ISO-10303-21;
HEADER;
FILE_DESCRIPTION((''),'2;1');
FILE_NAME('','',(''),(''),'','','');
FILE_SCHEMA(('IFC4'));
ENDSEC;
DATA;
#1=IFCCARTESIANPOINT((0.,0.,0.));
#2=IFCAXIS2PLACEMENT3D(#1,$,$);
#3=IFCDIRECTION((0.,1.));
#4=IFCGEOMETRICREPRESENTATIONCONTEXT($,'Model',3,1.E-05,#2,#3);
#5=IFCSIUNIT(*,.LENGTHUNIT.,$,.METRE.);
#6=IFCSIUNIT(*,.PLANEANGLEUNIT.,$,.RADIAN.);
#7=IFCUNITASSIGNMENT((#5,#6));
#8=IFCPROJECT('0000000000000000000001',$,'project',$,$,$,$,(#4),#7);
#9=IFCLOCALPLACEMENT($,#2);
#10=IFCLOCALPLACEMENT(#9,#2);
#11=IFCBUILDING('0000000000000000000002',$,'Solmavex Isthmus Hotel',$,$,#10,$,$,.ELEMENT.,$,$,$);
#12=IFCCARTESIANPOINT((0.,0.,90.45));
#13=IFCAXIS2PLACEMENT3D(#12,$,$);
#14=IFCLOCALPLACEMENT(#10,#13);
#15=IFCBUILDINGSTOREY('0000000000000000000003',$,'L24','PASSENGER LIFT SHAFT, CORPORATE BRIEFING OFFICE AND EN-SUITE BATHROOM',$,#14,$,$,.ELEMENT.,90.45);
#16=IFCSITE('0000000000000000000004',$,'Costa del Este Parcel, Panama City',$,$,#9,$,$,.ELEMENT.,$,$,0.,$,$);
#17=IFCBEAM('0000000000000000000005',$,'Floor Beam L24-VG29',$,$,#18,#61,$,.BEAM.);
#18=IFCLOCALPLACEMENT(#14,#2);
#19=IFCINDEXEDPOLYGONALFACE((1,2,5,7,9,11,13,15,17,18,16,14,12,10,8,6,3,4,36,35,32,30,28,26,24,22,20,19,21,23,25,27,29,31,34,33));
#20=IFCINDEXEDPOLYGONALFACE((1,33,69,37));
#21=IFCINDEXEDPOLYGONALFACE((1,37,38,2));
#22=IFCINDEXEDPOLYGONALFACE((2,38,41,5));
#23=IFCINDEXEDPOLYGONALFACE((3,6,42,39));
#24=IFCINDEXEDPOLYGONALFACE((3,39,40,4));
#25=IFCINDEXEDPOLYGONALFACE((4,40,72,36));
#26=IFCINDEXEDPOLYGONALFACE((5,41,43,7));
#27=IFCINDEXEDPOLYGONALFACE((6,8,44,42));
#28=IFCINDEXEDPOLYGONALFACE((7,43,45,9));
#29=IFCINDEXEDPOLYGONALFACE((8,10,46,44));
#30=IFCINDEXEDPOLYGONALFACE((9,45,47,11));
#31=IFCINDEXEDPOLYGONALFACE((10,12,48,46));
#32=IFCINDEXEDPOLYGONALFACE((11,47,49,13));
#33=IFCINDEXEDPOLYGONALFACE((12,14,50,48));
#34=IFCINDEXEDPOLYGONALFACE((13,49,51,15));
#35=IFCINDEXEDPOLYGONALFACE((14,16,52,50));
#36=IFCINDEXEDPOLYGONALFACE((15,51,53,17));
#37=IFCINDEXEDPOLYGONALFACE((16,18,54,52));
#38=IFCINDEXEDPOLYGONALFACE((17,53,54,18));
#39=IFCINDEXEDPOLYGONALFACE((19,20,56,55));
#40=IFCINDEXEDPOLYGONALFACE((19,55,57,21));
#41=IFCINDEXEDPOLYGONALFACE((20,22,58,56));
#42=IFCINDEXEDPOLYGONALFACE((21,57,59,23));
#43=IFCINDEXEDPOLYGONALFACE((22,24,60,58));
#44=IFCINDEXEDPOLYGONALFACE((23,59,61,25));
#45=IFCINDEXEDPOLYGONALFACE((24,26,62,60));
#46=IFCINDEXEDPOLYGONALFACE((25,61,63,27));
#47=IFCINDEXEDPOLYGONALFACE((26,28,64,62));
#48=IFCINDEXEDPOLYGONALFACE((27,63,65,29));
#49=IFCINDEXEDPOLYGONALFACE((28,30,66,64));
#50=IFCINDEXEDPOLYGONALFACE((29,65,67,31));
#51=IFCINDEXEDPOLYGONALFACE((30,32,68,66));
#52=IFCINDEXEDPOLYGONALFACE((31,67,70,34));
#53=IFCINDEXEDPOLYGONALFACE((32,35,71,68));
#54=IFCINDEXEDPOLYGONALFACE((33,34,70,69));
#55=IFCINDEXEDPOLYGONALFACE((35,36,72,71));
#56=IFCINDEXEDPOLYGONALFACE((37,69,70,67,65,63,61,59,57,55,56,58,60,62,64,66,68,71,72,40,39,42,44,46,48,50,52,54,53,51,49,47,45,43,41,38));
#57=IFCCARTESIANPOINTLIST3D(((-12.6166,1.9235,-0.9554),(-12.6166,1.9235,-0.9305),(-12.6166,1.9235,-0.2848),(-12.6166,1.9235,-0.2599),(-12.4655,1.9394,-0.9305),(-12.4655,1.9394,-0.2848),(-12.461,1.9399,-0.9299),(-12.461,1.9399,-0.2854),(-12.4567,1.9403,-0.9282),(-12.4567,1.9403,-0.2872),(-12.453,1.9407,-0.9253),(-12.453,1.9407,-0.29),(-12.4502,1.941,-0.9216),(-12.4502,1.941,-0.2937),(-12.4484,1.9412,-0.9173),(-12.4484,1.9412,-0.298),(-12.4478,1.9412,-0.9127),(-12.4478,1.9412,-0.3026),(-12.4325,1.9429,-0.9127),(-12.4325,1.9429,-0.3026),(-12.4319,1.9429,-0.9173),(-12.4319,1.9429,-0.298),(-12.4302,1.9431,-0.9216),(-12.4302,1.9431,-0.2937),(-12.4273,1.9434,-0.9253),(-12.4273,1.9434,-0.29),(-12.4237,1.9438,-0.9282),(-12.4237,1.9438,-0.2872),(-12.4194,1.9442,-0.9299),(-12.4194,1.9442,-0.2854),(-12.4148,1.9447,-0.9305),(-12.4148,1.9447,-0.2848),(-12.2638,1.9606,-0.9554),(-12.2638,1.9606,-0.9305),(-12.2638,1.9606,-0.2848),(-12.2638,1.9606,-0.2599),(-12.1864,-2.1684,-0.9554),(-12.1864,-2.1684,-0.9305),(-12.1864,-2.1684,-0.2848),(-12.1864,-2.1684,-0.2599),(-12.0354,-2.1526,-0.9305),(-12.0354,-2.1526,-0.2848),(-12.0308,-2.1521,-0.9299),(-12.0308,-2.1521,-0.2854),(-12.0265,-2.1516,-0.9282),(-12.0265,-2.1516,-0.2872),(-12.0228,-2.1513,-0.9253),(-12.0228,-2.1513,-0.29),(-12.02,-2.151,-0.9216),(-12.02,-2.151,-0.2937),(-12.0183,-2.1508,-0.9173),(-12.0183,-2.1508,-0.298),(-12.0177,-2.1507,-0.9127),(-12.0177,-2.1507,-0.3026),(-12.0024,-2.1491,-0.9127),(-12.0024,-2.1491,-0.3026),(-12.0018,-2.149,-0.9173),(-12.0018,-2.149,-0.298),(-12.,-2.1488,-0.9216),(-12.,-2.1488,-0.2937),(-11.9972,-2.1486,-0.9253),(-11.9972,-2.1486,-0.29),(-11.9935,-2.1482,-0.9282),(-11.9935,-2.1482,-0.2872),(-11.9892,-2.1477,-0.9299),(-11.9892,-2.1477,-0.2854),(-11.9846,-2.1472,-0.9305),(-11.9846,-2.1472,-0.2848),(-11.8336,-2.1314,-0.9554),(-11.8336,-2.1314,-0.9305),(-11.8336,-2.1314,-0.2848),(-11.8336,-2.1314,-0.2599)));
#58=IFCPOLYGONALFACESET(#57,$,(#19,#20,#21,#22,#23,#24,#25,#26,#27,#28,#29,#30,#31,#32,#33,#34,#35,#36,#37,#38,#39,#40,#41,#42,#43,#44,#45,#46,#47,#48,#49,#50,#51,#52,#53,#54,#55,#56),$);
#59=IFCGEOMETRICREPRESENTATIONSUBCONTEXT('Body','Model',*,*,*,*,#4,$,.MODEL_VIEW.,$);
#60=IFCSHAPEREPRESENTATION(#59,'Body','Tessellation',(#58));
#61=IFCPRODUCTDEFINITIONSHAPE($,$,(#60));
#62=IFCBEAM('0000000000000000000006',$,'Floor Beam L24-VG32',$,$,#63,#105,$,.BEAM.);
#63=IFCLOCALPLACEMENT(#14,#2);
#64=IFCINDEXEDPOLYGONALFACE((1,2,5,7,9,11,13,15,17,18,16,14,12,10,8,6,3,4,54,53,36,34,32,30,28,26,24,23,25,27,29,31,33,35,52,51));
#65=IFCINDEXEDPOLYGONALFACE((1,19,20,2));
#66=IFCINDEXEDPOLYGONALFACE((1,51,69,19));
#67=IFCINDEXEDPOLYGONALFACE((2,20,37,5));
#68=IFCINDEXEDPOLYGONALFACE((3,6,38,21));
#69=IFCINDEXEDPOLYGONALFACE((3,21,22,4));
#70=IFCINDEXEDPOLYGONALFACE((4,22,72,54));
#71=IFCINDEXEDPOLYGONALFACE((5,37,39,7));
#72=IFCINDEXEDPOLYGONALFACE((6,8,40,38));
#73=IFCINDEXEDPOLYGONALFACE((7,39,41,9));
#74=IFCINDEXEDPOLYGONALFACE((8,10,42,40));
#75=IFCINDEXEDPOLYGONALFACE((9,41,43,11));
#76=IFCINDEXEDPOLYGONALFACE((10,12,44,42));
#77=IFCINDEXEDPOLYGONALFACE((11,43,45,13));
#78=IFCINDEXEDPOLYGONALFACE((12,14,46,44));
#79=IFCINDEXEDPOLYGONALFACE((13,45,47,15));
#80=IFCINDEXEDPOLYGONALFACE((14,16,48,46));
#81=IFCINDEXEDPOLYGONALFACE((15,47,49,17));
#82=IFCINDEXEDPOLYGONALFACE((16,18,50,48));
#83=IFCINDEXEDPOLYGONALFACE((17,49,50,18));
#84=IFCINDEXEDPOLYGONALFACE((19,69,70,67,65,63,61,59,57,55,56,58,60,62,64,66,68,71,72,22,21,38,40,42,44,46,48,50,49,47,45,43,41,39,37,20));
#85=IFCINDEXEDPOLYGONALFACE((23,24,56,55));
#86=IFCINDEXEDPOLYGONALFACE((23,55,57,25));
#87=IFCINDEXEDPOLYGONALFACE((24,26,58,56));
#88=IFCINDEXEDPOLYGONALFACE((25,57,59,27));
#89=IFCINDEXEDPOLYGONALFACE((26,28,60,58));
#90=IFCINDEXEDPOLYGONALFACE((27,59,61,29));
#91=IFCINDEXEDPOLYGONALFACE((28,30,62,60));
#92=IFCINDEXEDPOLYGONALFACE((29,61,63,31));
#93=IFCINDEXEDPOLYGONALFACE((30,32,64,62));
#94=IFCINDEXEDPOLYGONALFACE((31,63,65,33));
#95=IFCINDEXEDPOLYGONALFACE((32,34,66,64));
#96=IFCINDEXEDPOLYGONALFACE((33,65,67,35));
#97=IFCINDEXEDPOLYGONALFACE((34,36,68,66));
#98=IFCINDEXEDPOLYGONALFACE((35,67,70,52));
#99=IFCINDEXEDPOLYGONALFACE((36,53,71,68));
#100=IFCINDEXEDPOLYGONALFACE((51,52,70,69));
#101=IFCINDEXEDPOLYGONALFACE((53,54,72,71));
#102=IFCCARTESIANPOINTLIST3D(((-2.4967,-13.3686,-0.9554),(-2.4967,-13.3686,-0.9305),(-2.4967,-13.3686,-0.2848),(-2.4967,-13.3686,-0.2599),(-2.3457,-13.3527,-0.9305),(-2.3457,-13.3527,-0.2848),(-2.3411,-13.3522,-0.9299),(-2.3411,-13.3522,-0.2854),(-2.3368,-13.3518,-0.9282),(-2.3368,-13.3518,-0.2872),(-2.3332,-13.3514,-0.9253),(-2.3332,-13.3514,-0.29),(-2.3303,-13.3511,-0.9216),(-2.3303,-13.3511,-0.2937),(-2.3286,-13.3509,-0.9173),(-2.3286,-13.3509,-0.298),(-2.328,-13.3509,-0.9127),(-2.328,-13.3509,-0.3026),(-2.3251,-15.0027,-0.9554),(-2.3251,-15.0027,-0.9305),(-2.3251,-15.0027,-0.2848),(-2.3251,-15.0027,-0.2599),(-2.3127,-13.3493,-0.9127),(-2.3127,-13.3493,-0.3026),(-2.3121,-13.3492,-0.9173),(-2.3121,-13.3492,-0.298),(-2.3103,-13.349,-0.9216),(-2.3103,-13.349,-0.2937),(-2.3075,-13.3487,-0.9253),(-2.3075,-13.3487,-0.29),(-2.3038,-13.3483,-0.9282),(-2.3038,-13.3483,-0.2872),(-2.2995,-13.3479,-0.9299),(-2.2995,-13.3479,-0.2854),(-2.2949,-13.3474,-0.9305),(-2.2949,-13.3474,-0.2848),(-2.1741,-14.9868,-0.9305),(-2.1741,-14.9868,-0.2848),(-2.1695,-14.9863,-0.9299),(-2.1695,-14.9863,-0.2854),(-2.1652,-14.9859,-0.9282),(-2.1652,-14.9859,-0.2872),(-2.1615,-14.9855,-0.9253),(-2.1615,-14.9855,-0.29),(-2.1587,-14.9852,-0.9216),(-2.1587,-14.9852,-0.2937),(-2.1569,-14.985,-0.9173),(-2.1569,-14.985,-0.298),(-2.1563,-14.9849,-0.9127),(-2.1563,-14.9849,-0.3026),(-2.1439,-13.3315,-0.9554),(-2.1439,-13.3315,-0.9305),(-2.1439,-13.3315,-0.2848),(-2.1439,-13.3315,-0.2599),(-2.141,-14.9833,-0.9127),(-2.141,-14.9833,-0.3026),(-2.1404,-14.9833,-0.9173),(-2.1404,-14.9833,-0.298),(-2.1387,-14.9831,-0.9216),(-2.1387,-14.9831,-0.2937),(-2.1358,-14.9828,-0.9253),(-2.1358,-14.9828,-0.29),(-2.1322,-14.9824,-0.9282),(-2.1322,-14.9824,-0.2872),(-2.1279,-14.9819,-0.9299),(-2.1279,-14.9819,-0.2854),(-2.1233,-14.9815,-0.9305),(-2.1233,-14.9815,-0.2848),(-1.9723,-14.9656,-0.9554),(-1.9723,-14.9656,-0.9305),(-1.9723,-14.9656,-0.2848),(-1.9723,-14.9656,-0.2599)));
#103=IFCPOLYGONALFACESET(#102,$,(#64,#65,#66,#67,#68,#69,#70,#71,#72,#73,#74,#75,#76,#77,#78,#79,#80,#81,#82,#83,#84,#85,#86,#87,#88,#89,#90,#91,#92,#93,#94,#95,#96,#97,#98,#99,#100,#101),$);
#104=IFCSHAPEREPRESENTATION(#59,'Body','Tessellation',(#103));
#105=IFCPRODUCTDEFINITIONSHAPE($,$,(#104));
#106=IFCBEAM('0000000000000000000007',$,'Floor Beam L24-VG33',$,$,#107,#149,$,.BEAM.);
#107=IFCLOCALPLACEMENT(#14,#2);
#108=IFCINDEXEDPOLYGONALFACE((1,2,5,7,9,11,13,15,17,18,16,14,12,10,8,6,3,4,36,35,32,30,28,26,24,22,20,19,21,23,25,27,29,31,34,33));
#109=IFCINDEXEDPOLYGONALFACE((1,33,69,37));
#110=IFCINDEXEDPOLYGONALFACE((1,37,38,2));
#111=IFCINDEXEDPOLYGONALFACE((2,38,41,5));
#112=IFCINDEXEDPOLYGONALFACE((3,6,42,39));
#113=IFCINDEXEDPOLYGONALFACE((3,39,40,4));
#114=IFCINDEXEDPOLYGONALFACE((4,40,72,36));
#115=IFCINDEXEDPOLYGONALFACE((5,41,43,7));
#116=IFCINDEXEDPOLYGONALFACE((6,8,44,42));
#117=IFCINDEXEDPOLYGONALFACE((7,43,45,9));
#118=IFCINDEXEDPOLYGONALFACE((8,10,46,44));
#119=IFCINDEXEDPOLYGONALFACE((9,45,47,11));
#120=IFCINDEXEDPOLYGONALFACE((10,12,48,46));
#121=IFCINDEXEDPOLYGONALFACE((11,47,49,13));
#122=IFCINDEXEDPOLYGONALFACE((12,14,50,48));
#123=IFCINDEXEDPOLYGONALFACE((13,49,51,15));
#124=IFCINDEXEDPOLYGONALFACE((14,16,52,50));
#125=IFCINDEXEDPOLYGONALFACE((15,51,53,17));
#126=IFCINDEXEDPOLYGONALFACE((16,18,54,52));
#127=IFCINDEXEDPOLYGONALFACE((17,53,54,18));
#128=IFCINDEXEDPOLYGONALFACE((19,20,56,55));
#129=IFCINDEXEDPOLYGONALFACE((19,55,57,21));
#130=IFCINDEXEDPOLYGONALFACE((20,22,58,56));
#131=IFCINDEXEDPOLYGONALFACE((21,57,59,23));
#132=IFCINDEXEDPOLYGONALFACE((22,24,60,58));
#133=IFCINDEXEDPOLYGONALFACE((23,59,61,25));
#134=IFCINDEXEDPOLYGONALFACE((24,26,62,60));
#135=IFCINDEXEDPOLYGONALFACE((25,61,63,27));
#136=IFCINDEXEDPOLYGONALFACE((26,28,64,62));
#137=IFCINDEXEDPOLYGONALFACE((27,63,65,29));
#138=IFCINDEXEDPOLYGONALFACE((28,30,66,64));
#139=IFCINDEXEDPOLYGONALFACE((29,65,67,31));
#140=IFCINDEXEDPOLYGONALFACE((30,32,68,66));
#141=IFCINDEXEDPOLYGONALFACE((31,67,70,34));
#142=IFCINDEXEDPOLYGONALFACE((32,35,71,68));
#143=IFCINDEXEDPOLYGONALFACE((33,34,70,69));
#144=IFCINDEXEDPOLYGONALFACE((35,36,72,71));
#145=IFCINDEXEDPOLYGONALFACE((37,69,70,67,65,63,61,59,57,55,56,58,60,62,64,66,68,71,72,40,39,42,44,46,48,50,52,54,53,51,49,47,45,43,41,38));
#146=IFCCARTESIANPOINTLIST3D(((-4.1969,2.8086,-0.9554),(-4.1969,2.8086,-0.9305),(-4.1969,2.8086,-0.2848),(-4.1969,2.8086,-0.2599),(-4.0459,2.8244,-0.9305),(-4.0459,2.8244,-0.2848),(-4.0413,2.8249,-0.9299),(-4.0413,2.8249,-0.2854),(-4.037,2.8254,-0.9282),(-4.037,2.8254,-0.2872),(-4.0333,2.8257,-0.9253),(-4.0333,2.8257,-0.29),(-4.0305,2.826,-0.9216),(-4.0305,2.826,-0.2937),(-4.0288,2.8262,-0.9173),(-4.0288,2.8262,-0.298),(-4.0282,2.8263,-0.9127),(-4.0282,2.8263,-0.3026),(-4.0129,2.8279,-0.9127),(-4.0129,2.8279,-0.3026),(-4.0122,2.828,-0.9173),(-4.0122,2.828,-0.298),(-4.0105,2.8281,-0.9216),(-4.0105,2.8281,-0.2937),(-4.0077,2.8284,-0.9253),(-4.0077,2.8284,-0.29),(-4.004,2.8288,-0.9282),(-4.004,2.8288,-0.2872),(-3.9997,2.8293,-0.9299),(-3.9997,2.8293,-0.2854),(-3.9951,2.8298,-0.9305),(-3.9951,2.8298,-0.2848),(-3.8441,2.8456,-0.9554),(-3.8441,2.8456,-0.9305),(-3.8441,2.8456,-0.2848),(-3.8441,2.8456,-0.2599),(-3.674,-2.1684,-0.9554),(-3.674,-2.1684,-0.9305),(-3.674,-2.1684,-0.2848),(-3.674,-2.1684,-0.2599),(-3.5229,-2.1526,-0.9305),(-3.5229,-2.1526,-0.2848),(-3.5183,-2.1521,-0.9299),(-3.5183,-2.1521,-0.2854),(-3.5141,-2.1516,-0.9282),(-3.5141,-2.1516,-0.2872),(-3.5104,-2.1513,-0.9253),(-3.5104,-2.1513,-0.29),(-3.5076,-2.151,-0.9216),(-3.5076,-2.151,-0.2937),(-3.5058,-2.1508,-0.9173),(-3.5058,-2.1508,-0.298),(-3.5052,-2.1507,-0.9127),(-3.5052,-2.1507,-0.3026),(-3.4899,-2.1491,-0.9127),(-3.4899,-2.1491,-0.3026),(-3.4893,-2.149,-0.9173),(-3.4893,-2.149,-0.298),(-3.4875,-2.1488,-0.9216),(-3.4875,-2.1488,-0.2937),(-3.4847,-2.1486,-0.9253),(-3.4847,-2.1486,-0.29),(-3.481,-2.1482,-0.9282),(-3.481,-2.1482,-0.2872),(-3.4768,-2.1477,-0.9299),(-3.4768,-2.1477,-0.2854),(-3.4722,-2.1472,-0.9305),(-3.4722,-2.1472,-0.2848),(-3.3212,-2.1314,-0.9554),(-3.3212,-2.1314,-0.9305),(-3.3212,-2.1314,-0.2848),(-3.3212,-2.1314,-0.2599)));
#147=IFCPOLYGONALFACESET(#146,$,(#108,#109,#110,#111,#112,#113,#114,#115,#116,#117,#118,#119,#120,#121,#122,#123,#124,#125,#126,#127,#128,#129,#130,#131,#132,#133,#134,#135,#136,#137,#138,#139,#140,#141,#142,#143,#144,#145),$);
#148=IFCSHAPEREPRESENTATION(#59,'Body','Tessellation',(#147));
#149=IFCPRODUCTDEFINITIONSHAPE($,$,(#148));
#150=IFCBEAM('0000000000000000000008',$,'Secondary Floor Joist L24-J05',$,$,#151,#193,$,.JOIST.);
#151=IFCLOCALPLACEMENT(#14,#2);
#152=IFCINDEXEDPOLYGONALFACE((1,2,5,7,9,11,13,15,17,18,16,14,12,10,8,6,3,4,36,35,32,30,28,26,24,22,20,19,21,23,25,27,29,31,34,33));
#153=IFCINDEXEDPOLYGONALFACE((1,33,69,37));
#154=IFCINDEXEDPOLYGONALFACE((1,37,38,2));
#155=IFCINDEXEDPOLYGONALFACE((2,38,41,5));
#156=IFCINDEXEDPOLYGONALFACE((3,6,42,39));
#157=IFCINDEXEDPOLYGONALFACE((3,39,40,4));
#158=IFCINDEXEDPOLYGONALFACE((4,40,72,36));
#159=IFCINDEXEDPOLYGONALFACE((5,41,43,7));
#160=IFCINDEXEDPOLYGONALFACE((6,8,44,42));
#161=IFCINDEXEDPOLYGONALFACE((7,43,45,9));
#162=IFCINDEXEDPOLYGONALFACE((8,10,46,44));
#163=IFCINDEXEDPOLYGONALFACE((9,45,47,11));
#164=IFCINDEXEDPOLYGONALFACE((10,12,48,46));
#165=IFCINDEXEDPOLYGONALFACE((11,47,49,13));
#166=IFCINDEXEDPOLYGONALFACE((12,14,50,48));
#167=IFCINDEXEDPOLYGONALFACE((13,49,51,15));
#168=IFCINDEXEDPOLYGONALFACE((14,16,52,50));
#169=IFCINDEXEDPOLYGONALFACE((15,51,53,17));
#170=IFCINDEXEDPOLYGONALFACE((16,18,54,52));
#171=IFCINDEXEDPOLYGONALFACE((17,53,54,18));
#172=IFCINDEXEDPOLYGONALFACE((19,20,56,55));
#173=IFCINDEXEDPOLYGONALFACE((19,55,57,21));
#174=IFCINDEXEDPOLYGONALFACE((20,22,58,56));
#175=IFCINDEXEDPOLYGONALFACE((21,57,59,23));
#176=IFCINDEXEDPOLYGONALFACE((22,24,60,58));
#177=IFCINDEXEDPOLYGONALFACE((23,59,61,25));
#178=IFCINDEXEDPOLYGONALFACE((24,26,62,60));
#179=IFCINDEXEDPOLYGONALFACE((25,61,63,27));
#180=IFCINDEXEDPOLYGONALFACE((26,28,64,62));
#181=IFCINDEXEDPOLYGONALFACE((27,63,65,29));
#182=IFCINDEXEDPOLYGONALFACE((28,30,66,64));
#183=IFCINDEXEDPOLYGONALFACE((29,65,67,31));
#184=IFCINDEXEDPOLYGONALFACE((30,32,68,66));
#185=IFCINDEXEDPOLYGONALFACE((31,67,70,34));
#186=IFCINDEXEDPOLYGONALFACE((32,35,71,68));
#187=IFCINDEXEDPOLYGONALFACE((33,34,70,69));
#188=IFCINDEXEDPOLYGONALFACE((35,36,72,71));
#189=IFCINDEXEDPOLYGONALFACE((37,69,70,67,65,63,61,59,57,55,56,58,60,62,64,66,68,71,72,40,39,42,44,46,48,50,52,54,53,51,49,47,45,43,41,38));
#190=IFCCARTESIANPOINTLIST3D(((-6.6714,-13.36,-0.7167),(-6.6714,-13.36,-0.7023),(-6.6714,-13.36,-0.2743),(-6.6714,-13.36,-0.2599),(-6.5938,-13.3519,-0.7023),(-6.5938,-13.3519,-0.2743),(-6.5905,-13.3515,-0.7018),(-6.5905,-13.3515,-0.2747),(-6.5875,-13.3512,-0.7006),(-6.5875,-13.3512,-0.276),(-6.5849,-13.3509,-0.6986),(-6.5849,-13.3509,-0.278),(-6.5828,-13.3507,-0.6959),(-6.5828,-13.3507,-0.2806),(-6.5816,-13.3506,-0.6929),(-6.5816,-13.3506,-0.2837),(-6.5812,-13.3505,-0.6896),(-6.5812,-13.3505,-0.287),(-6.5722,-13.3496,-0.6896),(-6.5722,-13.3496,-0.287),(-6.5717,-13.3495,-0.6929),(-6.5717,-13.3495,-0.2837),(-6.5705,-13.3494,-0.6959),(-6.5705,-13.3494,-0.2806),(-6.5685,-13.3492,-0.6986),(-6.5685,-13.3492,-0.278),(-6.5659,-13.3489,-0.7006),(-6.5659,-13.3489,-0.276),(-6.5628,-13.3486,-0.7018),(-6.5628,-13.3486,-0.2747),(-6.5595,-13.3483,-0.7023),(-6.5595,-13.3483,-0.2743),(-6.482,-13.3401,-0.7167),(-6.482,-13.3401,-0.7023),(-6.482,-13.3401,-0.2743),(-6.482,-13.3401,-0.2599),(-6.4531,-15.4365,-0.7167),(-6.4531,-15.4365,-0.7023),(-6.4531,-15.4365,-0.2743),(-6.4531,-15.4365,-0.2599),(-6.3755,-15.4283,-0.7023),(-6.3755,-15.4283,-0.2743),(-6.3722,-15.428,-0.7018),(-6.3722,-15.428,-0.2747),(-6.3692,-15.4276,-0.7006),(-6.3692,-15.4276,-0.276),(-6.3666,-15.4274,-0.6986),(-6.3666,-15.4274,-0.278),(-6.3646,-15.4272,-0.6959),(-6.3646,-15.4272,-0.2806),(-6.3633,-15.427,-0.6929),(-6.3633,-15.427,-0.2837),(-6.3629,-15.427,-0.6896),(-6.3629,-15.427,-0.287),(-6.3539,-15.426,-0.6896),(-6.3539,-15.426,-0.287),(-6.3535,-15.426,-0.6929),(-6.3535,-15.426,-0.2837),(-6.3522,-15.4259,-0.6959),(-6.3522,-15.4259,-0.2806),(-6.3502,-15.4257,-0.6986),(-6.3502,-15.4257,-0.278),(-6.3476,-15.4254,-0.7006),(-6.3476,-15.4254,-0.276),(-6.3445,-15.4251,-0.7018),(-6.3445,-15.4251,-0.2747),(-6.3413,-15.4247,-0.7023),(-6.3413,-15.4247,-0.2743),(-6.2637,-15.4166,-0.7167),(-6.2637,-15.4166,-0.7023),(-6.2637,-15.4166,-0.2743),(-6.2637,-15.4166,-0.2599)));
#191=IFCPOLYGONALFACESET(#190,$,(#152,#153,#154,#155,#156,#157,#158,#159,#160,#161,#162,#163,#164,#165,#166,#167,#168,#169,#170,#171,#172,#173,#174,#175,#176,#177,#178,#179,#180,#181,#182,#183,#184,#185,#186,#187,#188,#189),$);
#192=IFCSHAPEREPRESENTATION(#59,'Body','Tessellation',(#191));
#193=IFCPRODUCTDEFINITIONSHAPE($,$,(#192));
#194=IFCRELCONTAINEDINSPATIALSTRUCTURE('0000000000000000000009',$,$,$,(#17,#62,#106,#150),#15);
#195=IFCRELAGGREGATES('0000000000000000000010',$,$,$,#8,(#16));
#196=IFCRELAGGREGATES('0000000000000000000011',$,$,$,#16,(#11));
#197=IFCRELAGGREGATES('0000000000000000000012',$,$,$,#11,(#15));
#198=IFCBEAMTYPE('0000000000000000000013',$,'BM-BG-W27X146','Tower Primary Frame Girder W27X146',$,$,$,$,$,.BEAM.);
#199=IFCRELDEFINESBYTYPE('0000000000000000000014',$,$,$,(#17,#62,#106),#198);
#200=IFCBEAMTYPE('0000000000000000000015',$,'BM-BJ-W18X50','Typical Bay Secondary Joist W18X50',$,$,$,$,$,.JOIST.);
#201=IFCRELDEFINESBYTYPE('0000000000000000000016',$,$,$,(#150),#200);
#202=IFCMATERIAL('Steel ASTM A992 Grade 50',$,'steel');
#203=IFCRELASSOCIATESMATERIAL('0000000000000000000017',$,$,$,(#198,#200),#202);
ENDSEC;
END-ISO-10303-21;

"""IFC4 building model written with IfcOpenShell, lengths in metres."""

from ifc_helpers import new_model, si_unit, direction, frame, origin, origin_2d, place, context, subcontext, project, spatial, i_section, extrude, material, material_profile, profile_set, type_object, element, save


model = new_model("IFC4")

# Units and contexts
model_context = context("Model", 3, precision=1e-05, world=origin(), true_north=direction((0.0, 1.0)))
body_context = subcontext(model_context, "Body", "Model", "MODEL_VIEW")
ifc_project = project(units=[si_unit("LENGTHUNIT", "METRE"), si_unit("PLANEANGLEUNIT", "RADIAN")], contexts=[model_context])

# Site, building, storey
site_placement = place(None, origin())
site = spatial("IfcSite", under=ifc_project, at=site_placement, Name="Costa del Este Parcel, Panama City", CompositionType="ELEMENT", RefElevation=0.0)
building_placement = place(site_placement, origin())
building = spatial("IfcBuilding", under=site, at=building_placement, Name="Solmavex Isthmus Hotel", CompositionType="ELEMENT")
storey_placement = place(building_placement, frame((0.0, 0.0, 90.45)))
storey = spatial("IfcBuildingStorey", under=building, at=storey_placement, Name="L24", Description="PASSENGER LIFT SHAFT, CORPORATE BRIEFING OFFICE AND EN-SUITE BATHROOM", CompositionType="ELEMENT", Elevation=90.45)

# Beams
ifc_material_1 = material(Name="Steel ASTM A992 Grade 50", Category="steel")
ifc_material_profile_1 = material_profile(ifc_material_1, i_section(OverallWidth=0.3547, OverallDepth=0.6956, WebThickness=0.0154, FlangeThickness=0.0249, FilletRadius=0.0178, at=origin_2d()), Name="W27X146")
ifc_profile_set_1 = profile_set([ifc_material_profile_1], Name="Steel ASTM A992 Grade 50")
beam_type_1 = type_object("IfcBeamType", Name="BM-BG-W27X146", Description="Tower Primary Frame Girder W27X146", PredefinedType="BEAM", material=ifc_profile_set_1)
beam_1_placement = place(storey_placement, frame((-12.01, -2.1499, -0.6077), z_axis=(-0.104549, 0.99452, 0.0), x_axis=(-0.99452, -0.104549, 0.0)))
element("IfcBeam", 1, at=beam_1_placement, inside=storey, type_object=beam_type_1, Name="Floor Beam L24-VG29", PredefinedType="BEAM", context=body_context, shape_type="SweptSolid", body=[
    extrude(i_section(OverallWidth=0.3547, OverallDepth=0.6956, WebThickness=0.0154, FlangeThickness=0.0249, FilletRadius=0.0178, at=origin_2d()), origin(), (0.0, 0.0, 1.0), 4.1145),
])
beam_2_placement = place(storey_placement, frame((-2.1487, -14.9841, -0.6077), z_axis=(-0.10446, 0.994529, 0.0), x_axis=(-0.994529, -0.10446, 0.0)))
element("IfcBeam", 2, at=beam_2_placement, inside=storey, type_object=beam_type_1, Name="Floor Beam L24-VG32", PredefinedType="BEAM", context=body_context, shape_type="SweptSolid", body=[
    extrude(i_section(OverallWidth=0.3547, OverallDepth=0.6956, WebThickness=0.0154, FlangeThickness=0.0249, FilletRadius=0.0178, at=origin_2d()), origin(), (0.0, 0.0, 1.0), 1.6431),
])
beam_3_placement = place(storey_placement, frame((-3.4976, -2.1499, -0.6077), z_axis=(-0.104497, 0.994525, 0.0), x_axis=(-0.994525, -0.104497, 0.0)))
element("IfcBeam", 3, at=beam_3_placement, inside=storey, type_object=beam_type_1, Name="Floor Beam L24-VG33", PredefinedType="BEAM", context=body_context, shape_type="SweptSolid", body=[
    extrude(i_section(OverallWidth=0.3547, OverallDepth=0.6956, WebThickness=0.0154, FlangeThickness=0.0249, FilletRadius=0.0178, at=origin_2d()), origin(), (0.0, 0.0, 1.0), 5.0044),
])
ifc_material_profile_2 = material_profile(ifc_material_1, i_section(OverallWidth=0.1904, OverallDepth=0.4568, WebThickness=0.009, FlangeThickness=0.0144, FilletRadius=0.0127, at=origin_2d()), Name="W18X50")
ifc_profile_set_2 = profile_set([ifc_material_profile_2], Name="Steel ASTM A992 Grade 50")
beam_type_2 = type_object("IfcBeamType", Name="BM-BJ-W18X50", Description="Typical Bay Secondary Joist W18X50", PredefinedType="JOIST", material=ifc_profile_set_2)
beam_4_placement = place(storey_placement, frame((-6.3584, -15.4265, -0.4883), z_axis=(-0.104539, 0.994521, 0.0), x_axis=(-0.994521, -0.104539, 0.0)))
element("IfcBeam", 4, at=beam_4_placement, inside=storey, type_object=beam_type_2, Name="Secondary Floor Joist L24-J05", PredefinedType="JOIST", context=body_context, shape_type="SweptSolid", body=[
    extrude(i_section(OverallWidth=0.1904, OverallDepth=0.4568, WebThickness=0.009, FlangeThickness=0.0144, FilletRadius=0.0127, at=origin_2d()), origin(), (0.0, 0.0, 1.0), 2.0879),
])

save(model, "model.ifc")
